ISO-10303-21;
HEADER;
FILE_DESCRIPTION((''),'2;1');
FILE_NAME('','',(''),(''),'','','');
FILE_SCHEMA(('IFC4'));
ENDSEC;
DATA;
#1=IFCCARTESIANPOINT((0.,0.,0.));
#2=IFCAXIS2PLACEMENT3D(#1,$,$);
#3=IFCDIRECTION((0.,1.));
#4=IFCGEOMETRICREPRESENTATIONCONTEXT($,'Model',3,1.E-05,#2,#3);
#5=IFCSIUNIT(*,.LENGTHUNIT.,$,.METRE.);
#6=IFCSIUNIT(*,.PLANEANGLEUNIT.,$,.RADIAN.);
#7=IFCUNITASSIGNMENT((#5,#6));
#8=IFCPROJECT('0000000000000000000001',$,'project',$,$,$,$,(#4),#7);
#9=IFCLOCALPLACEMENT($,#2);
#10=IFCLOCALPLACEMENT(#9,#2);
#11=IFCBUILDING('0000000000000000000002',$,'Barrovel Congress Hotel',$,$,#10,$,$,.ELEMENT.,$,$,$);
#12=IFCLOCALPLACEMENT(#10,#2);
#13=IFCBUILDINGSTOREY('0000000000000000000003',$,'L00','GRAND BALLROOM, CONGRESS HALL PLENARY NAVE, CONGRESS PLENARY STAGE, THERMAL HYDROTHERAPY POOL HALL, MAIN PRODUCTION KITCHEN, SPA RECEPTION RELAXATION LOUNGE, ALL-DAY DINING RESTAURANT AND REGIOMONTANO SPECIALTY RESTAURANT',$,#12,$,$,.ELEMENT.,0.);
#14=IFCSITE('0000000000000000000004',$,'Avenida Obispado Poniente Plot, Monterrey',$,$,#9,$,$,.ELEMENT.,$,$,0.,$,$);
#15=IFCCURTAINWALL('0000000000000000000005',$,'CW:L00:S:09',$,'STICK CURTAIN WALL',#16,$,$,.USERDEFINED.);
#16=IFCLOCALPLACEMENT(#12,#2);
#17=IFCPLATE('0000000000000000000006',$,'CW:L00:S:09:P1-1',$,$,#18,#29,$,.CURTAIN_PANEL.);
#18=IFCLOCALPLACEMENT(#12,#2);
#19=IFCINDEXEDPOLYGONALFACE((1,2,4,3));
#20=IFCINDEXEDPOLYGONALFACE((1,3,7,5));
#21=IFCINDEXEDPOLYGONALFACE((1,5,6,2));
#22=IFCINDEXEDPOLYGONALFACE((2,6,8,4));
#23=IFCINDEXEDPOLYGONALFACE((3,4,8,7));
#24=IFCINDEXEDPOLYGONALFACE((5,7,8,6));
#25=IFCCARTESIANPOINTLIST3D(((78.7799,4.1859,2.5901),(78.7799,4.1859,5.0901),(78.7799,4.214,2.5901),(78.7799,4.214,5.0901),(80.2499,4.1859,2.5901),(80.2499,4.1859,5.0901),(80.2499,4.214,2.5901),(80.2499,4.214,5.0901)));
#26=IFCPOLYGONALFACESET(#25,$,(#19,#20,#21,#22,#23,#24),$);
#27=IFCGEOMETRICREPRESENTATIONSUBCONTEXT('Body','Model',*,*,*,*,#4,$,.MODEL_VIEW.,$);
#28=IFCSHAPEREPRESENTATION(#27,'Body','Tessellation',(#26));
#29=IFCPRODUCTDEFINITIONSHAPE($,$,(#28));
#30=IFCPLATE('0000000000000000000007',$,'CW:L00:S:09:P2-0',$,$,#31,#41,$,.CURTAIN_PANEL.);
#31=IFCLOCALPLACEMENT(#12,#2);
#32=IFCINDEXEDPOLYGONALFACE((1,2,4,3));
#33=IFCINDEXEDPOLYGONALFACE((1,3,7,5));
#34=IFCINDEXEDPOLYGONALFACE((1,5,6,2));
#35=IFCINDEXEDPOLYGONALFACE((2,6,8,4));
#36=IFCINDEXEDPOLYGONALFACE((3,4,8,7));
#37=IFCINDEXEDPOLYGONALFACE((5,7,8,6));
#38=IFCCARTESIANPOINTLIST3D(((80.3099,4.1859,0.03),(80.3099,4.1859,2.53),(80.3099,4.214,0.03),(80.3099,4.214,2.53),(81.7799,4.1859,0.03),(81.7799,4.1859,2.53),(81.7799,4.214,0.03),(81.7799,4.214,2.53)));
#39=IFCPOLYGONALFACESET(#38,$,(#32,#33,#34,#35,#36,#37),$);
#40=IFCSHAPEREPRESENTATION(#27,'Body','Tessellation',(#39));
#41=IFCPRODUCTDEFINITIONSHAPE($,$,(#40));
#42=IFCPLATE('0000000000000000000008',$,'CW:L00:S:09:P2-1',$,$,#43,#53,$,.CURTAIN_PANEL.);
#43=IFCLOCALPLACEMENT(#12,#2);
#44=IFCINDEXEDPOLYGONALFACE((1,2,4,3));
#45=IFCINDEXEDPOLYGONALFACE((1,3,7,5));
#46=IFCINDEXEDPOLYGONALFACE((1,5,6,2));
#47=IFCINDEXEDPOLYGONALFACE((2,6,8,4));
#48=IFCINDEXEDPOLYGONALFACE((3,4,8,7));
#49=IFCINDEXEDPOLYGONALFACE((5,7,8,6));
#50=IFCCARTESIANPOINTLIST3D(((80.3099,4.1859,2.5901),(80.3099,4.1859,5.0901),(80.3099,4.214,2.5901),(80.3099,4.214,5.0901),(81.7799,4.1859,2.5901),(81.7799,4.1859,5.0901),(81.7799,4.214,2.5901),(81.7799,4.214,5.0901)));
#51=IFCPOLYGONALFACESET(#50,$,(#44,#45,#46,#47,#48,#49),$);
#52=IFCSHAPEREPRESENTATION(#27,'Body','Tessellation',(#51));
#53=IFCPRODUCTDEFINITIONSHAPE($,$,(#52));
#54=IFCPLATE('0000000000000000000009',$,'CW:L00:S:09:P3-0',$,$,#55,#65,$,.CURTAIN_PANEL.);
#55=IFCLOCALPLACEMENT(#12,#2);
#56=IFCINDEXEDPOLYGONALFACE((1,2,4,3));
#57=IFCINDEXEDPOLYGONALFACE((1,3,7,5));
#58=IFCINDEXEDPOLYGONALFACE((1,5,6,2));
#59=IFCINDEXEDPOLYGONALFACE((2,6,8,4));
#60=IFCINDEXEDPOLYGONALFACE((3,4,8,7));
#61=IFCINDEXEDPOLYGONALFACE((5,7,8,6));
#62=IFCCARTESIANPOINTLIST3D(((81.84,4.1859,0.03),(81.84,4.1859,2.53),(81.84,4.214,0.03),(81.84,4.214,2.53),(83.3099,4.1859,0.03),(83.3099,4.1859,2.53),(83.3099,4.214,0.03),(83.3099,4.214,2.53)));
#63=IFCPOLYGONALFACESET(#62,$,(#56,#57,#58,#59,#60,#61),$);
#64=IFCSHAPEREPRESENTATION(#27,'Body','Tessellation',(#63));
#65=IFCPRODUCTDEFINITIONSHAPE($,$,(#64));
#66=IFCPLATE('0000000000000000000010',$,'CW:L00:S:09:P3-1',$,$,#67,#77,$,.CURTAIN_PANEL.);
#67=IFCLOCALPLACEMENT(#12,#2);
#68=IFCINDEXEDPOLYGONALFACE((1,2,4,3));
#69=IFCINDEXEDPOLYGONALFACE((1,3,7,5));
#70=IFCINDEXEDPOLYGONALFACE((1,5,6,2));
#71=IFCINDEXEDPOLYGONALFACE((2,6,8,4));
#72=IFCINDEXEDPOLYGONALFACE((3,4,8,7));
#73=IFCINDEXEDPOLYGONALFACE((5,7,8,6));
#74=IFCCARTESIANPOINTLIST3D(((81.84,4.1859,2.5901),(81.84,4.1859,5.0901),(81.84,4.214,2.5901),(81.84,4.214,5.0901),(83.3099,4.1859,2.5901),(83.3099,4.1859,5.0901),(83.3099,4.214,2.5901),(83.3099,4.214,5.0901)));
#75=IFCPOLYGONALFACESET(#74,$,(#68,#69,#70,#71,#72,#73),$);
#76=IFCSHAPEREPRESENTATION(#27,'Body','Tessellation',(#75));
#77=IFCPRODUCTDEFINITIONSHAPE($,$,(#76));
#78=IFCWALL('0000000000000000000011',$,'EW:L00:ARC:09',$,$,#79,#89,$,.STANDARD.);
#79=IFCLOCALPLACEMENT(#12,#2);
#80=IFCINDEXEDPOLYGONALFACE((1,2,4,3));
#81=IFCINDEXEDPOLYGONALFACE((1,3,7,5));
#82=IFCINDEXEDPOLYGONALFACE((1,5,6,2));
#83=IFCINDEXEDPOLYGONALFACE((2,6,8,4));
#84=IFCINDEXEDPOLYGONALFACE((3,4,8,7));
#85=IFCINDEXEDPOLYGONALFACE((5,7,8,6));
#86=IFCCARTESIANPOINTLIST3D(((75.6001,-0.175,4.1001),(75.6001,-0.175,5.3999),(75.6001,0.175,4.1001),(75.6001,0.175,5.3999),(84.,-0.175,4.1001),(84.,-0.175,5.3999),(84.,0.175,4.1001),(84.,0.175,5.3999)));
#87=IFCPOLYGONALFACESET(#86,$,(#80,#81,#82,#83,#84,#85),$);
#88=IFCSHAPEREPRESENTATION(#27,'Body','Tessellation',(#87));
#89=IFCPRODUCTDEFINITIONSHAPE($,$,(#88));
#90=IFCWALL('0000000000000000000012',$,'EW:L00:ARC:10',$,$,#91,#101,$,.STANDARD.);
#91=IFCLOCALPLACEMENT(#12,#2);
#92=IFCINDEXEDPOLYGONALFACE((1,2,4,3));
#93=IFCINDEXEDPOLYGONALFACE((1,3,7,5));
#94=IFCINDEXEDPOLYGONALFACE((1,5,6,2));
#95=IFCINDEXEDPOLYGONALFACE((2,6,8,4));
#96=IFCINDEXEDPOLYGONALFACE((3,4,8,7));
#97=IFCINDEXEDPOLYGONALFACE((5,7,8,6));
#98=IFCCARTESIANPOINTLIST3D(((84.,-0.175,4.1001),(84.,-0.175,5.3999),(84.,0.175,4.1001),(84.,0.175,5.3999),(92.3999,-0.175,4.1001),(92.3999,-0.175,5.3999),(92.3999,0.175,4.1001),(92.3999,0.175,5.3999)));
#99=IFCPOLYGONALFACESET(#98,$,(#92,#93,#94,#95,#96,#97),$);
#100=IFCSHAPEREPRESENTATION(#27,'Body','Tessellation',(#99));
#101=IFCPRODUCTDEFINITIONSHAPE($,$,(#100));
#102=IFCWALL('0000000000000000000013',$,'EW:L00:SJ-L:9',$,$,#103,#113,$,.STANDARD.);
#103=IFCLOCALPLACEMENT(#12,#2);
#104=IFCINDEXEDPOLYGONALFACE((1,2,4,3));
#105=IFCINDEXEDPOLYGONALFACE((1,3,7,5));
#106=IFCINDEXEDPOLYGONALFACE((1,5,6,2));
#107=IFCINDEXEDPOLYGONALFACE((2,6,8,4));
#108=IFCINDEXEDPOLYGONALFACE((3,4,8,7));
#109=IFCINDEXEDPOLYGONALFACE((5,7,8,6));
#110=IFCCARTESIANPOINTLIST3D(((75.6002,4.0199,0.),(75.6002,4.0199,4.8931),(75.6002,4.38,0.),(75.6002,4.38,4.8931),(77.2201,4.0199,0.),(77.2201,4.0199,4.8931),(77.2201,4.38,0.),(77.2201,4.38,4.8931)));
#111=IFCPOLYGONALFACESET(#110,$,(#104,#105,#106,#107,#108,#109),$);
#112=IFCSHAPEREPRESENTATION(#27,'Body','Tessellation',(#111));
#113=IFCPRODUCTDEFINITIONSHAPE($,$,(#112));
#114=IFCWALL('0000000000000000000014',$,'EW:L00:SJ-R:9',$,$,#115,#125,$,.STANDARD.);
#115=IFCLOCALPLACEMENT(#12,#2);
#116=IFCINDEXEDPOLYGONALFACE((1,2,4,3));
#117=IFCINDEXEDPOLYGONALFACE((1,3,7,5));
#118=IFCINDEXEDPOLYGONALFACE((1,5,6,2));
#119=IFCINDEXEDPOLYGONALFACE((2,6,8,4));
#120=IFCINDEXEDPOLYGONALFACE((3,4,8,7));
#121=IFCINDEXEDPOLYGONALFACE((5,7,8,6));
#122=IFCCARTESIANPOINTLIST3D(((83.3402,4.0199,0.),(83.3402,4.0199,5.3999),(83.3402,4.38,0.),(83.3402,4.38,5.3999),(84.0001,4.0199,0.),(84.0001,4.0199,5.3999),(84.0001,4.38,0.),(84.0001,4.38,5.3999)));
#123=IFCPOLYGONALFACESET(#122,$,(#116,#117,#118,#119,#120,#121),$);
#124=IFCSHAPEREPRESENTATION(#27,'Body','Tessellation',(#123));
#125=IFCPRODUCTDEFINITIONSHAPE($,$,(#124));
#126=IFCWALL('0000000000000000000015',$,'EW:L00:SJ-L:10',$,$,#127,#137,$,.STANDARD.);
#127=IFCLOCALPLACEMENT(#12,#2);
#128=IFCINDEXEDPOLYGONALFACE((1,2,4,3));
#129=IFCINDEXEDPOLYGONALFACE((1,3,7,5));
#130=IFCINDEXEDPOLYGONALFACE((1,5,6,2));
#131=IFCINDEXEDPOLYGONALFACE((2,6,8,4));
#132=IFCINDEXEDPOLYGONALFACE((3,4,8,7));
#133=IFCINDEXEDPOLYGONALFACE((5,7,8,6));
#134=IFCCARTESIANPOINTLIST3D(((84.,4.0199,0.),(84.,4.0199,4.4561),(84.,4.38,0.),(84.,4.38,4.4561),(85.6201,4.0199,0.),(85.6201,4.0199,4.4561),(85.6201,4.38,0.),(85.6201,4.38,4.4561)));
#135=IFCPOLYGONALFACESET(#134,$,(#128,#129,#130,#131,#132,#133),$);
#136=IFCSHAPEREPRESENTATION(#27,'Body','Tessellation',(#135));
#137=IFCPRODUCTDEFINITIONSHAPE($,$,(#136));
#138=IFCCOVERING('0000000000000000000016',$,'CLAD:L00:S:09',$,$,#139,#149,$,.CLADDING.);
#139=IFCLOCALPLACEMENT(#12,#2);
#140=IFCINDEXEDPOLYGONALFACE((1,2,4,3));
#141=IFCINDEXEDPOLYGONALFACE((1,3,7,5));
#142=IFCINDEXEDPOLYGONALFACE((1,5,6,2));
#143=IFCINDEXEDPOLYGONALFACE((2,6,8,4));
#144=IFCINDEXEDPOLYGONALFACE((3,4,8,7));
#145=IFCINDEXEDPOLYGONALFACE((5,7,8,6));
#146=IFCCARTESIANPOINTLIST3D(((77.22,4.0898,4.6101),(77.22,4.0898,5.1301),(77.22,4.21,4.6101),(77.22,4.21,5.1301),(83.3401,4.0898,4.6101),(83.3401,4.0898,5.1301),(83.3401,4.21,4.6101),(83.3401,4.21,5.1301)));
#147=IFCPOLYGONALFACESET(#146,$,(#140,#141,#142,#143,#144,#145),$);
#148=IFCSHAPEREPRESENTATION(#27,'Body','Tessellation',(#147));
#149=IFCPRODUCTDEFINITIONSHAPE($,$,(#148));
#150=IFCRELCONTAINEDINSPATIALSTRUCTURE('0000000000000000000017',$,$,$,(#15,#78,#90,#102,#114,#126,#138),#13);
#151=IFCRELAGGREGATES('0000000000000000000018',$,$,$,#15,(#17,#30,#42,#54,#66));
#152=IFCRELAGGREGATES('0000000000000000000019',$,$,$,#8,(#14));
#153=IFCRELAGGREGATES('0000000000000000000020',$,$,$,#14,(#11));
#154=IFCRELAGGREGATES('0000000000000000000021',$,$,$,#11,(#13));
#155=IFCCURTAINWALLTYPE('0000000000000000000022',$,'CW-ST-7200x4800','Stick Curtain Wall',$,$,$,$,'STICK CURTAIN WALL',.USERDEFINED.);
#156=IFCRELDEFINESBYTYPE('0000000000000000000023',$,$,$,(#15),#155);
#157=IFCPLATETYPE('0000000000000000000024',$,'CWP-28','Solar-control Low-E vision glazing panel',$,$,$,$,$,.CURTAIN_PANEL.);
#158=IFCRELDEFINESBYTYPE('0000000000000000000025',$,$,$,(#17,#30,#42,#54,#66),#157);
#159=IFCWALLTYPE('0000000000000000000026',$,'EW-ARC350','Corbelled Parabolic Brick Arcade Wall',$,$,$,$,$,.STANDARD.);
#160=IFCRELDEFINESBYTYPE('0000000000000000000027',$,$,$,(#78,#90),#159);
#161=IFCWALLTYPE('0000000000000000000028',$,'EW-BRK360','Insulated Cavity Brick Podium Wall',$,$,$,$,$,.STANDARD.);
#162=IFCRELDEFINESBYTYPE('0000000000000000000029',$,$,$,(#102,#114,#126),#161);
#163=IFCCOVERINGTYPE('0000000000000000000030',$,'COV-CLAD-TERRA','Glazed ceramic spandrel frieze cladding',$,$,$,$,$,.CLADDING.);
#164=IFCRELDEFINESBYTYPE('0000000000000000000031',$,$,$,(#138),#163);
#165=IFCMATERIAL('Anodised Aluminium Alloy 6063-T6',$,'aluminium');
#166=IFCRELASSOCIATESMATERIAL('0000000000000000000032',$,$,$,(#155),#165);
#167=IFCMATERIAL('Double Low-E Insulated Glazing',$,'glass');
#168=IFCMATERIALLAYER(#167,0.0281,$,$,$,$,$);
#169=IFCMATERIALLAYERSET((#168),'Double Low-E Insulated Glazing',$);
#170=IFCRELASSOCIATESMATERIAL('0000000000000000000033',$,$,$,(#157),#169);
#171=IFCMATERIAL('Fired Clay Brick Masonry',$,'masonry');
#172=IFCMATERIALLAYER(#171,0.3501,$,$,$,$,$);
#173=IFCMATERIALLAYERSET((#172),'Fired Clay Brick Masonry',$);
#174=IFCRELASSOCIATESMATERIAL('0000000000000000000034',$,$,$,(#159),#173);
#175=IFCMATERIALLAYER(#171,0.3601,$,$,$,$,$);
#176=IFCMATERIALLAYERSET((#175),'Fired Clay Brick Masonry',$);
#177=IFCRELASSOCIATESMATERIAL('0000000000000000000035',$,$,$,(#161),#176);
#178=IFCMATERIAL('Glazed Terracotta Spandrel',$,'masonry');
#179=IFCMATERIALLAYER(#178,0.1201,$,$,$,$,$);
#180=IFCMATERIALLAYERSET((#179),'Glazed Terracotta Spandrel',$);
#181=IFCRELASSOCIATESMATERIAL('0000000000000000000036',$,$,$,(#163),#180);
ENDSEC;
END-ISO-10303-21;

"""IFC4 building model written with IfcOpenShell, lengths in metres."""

from ifc_helpers import new_model, si_unit, direction, frame, frame_2d, origin, origin_2d, place, context, subcontext, project, spatial, rectangle, extrude, material, layer, layer_set, type_object, element, aggregate, save


model = new_model("IFC4")

# Units and contexts
model_context = context("Model", 3, precision=1e-05, world=origin(), true_north=direction((0.0, 1.0)))
body_context = subcontext(model_context, "Body", "Model", "MODEL_VIEW")
ifc_project = project(units=[si_unit("LENGTHUNIT", "METRE"), si_unit("PLANEANGLEUNIT", "RADIAN")], contexts=[model_context])

# Site, building, storey
site_placement = place(None, origin())
site = spatial("IfcSite", under=ifc_project, at=site_placement, Name="Avenida Obispado Poniente Plot, Monterrey", CompositionType="ELEMENT", RefElevation=0.0)
building_placement = place(site_placement, origin())
building = spatial("IfcBuilding", under=site, at=building_placement, Name="Barrovel Congress Hotel", CompositionType="ELEMENT")
storey_placement = place(building_placement, origin())
storey = spatial("IfcBuildingStorey", under=building, at=storey_placement, Name="L00", Description="GRAND BALLROOM, CONGRESS HALL PLENARY NAVE, CONGRESS PLENARY STAGE, THERMAL HYDROTHERAPY POOL HALL, MAIN PRODUCTION KITCHEN, SPA RECEPTION RELAXATION LOUNGE, ALL-DAY DINING RESTAURANT AND REGIOMONTANO SPECIALTY RESTAURANT", CompositionType="ELEMENT", Elevation=0.0)

# Curtain wall
ifc_material_1 = material(Name="Anodised Aluminium Alloy 6063-T6", Category="aluminium")
curtain_wall_type = type_object("IfcCurtainWallType", Name="CW-ST-7200x4800", Description="Stick Curtain Wall", ElementType="STICK CURTAIN WALL", PredefinedType="USERDEFINED", material=ifc_material_1)
curtain_wall_placement = place(storey_placement, origin())
curtain_wall = element("IfcCurtainWall", 1, at=curtain_wall_placement, inside=storey, type_object=curtain_wall_type, Name="CW:L00:S:09", ObjectType="STICK CURTAIN WALL", PredefinedType="USERDEFINED")

# Plates
ifc_material_2 = material(Name="Double Low-E Insulated Glazing", Category="glass")
ifc_layer_1 = layer(ifc_material_2, 0.0281)
ifc_layer_set_1 = layer_set([ifc_layer_1], Name="Double Low-E Insulated Glazing")
plate_type = type_object("IfcPlateType", Name="CWP-28", Description="Solar-control Low-E vision glazing panel", PredefinedType="CURTAIN_PANEL", material=ifc_layer_set_1)
plate_1_placement = place(storey_placement, frame((79.5149, 4.2, 2.5901), z_axis=(0.0, 0.0, 1.0), x_axis=(1.0, 0.0, 0.0)))
plate_1 = element("IfcPlate", 2, at=plate_1_placement, type_object=plate_type, Name="CW:L00:S:09:P1-1", PredefinedType="CURTAIN_PANEL", context=body_context, shape_type="SweptSolid", body=[
    extrude(rectangle(XDim=1.47, YDim=0.0281, at=origin_2d()), origin(), (0.0, 0.0, 1.0), 2.5),
])
plate_2_placement = place(storey_placement, frame((81.0449, 4.2, 0.03), z_axis=(0.0, 0.0, 1.0), x_axis=(1.0, 0.0, 0.0)))
plate_2 = element("IfcPlate", 3, at=plate_2_placement, type_object=plate_type, Name="CW:L00:S:09:P2-0", PredefinedType="CURTAIN_PANEL", context=body_context, shape_type="SweptSolid", body=[
    extrude(rectangle(XDim=1.47, YDim=0.0281, at=origin_2d()), origin(), (0.0, 0.0, 1.0), 2.5),
])
plate_3_placement = place(storey_placement, frame((81.0449, 4.2, 2.5901), z_axis=(0.0, 0.0, 1.0), x_axis=(1.0, 0.0, 0.0)))
plate_3 = element("IfcPlate", 4, at=plate_3_placement, type_object=plate_type, Name="CW:L00:S:09:P2-1", PredefinedType="CURTAIN_PANEL", context=body_context, shape_type="SweptSolid", body=[
    extrude(rectangle(XDim=1.47, YDim=0.0281, at=origin_2d()), origin(), (0.0, 0.0, 1.0), 2.5),
])
plate_4_placement = place(storey_placement, frame((82.575, 4.2, 0.03), z_axis=(0.0, 0.0, 1.0), x_axis=(1.0, 0.0, 0.0)))
plate_4 = element("IfcPlate", 5, at=plate_4_placement, type_object=plate_type, Name="CW:L00:S:09:P3-0", PredefinedType="CURTAIN_PANEL", context=body_context, shape_type="SweptSolid", body=[
    extrude(rectangle(XDim=1.47, YDim=0.0281, at=origin_2d()), origin(), (0.0, 0.0, 1.0), 2.5),
])
plate_5_placement = place(storey_placement, frame((82.575, 4.2, 2.5901), z_axis=(0.0, 0.0, 1.0), x_axis=(1.0, 0.0, 0.0)))
plate_5 = element("IfcPlate", 6, at=plate_5_placement, type_object=plate_type, Name="CW:L00:S:09:P3-1", PredefinedType="CURTAIN_PANEL", context=body_context, shape_type="SweptSolid", body=[
    extrude(rectangle(XDim=1.47, YDim=0.0281, at=origin_2d()), origin(), (0.0, 0.0, 1.0), 2.5),
])
aggregate(curtain_wall, [plate_1, plate_2, plate_3, plate_4, plate_5])

# Walls
ifc_material_3 = material(Name="Fired Clay Brick Masonry", Category="masonry")
ifc_layer_2 = layer(ifc_material_3, 0.3501)
ifc_layer_set_2 = layer_set([ifc_layer_2], Name="Fired Clay Brick Masonry")
wall_type_1 = type_object("IfcWallType", Name="EW-ARC350", Description="Corbelled Parabolic Brick Arcade Wall", PredefinedType="STANDARD", material=ifc_layer_set_2)
for number, where, z_axis, x_axis, name in (
    (7, (75.6001, 0.0, 4.1001), (0.0, 0.0, 1.0), (1.0, 0.0, 0.0), "EW:L00:ARC:09"),
    (8, (84.0, 0.0, 4.1001), (0.0, 0.0, 1.0), (1.0, 0.0, 0.0), "EW:L00:ARC:10"),
):
    element("IfcWall", number, at=place(storey_placement, frame(where, z_axis=z_axis, x_axis=x_axis)), inside=storey, type_object=wall_type_1, Name=name, PredefinedType="STANDARD", context=body_context, shape_type="SweptSolid", body=[
        extrude(rectangle(XDim=8.3999, YDim=0.3501, at=frame_2d((4.2, 0.0))), origin(), (0.0, 0.0, 1.0), 1.2998),
    ])
ifc_layer_3 = layer(ifc_material_3, 0.3601)
ifc_layer_set_3 = layer_set([ifc_layer_3], Name="Fired Clay Brick Masonry")
wall_type_2 = type_object("IfcWallType", Name="EW-BRK360", Description="Insulated Cavity Brick Podium Wall", PredefinedType="STANDARD", material=ifc_layer_set_3)
wall_1_placement = place(storey_placement, frame((75.6001, 4.2, 0.0), z_axis=(0.0, 0.0, 1.0), x_axis=(1.0, 0.0, 0.0)))
element("IfcWall", 9, at=wall_1_placement, inside=storey, type_object=wall_type_2, Name="EW:L00:SJ-L:9", PredefinedType="STANDARD", context=body_context, shape_type="SweptSolid", body=[
    extrude(rectangle(XDim=1.6199, YDim=0.3601, at=frame_2d((0.8101, 0.0))), origin(), (0.0, 0.0, 1.0), 4.8931),
])
wall_2_placement = place(storey_placement, frame((83.3401, 4.2, 0.0), z_axis=(0.0, 0.0, 1.0), x_axis=(1.0, 0.0, 0.0)))
element("IfcWall", 10, at=wall_2_placement, inside=storey, type_object=wall_type_2, Name="EW:L00:SJ-R:9", PredefinedType="STANDARD", context=body_context, shape_type="SweptSolid", body=[
    extrude(rectangle(XDim=0.6599, YDim=0.3601, at=frame_2d((0.3301, 0.0))), origin(), (0.0, 0.0, 1.0), 5.3999),
])
wall_3_placement = place(storey_placement, frame((84.0, 4.2, 0.0), z_axis=(0.0, 0.0, 1.0), x_axis=(1.0, 0.0, 0.0)))
element("IfcWall", 11, at=wall_3_placement, inside=storey, type_object=wall_type_2, Name="EW:L00:SJ-L:10", PredefinedType="STANDARD", context=body_context, shape_type="SweptSolid", body=[
    extrude(rectangle(XDim=1.6201, YDim=0.3601, at=frame_2d((0.8101, 0.0))), origin(), (0.0, 0.0, 1.0), 4.4561),
])

# Covering
ifc_material_4 = material(Name="Glazed Terracotta Spandrel", Category="masonry")
ifc_layer_4 = layer(ifc_material_4, 0.1201)
ifc_layer_set_4 = layer_set([ifc_layer_4], Name="Glazed Terracotta Spandrel")
covering_type = type_object("IfcCoveringType", Name="COV-CLAD-TERRA", Description="Glazed ceramic spandrel frieze cladding", PredefinedType="CLADDING", material=ifc_layer_set_4)
covering_placement = place(storey_placement, frame((80.28, 4.1499, 4.6101), z_axis=(0.0, 0.0, 1.0), x_axis=(1.0, 0.0, 0.0)))
element("IfcCovering", 12, at=covering_placement, inside=storey, type_object=covering_type, Name="CLAD:L00:S:09", PredefinedType="CLADDING", context=body_context, shape_type="SweptSolid", body=[
    extrude(rectangle(XDim=6.1201, YDim=0.1201, at=origin_2d()), origin(), (0.0, 0.0, 1.0), 0.52),
])

save(model, "model.ifc")
